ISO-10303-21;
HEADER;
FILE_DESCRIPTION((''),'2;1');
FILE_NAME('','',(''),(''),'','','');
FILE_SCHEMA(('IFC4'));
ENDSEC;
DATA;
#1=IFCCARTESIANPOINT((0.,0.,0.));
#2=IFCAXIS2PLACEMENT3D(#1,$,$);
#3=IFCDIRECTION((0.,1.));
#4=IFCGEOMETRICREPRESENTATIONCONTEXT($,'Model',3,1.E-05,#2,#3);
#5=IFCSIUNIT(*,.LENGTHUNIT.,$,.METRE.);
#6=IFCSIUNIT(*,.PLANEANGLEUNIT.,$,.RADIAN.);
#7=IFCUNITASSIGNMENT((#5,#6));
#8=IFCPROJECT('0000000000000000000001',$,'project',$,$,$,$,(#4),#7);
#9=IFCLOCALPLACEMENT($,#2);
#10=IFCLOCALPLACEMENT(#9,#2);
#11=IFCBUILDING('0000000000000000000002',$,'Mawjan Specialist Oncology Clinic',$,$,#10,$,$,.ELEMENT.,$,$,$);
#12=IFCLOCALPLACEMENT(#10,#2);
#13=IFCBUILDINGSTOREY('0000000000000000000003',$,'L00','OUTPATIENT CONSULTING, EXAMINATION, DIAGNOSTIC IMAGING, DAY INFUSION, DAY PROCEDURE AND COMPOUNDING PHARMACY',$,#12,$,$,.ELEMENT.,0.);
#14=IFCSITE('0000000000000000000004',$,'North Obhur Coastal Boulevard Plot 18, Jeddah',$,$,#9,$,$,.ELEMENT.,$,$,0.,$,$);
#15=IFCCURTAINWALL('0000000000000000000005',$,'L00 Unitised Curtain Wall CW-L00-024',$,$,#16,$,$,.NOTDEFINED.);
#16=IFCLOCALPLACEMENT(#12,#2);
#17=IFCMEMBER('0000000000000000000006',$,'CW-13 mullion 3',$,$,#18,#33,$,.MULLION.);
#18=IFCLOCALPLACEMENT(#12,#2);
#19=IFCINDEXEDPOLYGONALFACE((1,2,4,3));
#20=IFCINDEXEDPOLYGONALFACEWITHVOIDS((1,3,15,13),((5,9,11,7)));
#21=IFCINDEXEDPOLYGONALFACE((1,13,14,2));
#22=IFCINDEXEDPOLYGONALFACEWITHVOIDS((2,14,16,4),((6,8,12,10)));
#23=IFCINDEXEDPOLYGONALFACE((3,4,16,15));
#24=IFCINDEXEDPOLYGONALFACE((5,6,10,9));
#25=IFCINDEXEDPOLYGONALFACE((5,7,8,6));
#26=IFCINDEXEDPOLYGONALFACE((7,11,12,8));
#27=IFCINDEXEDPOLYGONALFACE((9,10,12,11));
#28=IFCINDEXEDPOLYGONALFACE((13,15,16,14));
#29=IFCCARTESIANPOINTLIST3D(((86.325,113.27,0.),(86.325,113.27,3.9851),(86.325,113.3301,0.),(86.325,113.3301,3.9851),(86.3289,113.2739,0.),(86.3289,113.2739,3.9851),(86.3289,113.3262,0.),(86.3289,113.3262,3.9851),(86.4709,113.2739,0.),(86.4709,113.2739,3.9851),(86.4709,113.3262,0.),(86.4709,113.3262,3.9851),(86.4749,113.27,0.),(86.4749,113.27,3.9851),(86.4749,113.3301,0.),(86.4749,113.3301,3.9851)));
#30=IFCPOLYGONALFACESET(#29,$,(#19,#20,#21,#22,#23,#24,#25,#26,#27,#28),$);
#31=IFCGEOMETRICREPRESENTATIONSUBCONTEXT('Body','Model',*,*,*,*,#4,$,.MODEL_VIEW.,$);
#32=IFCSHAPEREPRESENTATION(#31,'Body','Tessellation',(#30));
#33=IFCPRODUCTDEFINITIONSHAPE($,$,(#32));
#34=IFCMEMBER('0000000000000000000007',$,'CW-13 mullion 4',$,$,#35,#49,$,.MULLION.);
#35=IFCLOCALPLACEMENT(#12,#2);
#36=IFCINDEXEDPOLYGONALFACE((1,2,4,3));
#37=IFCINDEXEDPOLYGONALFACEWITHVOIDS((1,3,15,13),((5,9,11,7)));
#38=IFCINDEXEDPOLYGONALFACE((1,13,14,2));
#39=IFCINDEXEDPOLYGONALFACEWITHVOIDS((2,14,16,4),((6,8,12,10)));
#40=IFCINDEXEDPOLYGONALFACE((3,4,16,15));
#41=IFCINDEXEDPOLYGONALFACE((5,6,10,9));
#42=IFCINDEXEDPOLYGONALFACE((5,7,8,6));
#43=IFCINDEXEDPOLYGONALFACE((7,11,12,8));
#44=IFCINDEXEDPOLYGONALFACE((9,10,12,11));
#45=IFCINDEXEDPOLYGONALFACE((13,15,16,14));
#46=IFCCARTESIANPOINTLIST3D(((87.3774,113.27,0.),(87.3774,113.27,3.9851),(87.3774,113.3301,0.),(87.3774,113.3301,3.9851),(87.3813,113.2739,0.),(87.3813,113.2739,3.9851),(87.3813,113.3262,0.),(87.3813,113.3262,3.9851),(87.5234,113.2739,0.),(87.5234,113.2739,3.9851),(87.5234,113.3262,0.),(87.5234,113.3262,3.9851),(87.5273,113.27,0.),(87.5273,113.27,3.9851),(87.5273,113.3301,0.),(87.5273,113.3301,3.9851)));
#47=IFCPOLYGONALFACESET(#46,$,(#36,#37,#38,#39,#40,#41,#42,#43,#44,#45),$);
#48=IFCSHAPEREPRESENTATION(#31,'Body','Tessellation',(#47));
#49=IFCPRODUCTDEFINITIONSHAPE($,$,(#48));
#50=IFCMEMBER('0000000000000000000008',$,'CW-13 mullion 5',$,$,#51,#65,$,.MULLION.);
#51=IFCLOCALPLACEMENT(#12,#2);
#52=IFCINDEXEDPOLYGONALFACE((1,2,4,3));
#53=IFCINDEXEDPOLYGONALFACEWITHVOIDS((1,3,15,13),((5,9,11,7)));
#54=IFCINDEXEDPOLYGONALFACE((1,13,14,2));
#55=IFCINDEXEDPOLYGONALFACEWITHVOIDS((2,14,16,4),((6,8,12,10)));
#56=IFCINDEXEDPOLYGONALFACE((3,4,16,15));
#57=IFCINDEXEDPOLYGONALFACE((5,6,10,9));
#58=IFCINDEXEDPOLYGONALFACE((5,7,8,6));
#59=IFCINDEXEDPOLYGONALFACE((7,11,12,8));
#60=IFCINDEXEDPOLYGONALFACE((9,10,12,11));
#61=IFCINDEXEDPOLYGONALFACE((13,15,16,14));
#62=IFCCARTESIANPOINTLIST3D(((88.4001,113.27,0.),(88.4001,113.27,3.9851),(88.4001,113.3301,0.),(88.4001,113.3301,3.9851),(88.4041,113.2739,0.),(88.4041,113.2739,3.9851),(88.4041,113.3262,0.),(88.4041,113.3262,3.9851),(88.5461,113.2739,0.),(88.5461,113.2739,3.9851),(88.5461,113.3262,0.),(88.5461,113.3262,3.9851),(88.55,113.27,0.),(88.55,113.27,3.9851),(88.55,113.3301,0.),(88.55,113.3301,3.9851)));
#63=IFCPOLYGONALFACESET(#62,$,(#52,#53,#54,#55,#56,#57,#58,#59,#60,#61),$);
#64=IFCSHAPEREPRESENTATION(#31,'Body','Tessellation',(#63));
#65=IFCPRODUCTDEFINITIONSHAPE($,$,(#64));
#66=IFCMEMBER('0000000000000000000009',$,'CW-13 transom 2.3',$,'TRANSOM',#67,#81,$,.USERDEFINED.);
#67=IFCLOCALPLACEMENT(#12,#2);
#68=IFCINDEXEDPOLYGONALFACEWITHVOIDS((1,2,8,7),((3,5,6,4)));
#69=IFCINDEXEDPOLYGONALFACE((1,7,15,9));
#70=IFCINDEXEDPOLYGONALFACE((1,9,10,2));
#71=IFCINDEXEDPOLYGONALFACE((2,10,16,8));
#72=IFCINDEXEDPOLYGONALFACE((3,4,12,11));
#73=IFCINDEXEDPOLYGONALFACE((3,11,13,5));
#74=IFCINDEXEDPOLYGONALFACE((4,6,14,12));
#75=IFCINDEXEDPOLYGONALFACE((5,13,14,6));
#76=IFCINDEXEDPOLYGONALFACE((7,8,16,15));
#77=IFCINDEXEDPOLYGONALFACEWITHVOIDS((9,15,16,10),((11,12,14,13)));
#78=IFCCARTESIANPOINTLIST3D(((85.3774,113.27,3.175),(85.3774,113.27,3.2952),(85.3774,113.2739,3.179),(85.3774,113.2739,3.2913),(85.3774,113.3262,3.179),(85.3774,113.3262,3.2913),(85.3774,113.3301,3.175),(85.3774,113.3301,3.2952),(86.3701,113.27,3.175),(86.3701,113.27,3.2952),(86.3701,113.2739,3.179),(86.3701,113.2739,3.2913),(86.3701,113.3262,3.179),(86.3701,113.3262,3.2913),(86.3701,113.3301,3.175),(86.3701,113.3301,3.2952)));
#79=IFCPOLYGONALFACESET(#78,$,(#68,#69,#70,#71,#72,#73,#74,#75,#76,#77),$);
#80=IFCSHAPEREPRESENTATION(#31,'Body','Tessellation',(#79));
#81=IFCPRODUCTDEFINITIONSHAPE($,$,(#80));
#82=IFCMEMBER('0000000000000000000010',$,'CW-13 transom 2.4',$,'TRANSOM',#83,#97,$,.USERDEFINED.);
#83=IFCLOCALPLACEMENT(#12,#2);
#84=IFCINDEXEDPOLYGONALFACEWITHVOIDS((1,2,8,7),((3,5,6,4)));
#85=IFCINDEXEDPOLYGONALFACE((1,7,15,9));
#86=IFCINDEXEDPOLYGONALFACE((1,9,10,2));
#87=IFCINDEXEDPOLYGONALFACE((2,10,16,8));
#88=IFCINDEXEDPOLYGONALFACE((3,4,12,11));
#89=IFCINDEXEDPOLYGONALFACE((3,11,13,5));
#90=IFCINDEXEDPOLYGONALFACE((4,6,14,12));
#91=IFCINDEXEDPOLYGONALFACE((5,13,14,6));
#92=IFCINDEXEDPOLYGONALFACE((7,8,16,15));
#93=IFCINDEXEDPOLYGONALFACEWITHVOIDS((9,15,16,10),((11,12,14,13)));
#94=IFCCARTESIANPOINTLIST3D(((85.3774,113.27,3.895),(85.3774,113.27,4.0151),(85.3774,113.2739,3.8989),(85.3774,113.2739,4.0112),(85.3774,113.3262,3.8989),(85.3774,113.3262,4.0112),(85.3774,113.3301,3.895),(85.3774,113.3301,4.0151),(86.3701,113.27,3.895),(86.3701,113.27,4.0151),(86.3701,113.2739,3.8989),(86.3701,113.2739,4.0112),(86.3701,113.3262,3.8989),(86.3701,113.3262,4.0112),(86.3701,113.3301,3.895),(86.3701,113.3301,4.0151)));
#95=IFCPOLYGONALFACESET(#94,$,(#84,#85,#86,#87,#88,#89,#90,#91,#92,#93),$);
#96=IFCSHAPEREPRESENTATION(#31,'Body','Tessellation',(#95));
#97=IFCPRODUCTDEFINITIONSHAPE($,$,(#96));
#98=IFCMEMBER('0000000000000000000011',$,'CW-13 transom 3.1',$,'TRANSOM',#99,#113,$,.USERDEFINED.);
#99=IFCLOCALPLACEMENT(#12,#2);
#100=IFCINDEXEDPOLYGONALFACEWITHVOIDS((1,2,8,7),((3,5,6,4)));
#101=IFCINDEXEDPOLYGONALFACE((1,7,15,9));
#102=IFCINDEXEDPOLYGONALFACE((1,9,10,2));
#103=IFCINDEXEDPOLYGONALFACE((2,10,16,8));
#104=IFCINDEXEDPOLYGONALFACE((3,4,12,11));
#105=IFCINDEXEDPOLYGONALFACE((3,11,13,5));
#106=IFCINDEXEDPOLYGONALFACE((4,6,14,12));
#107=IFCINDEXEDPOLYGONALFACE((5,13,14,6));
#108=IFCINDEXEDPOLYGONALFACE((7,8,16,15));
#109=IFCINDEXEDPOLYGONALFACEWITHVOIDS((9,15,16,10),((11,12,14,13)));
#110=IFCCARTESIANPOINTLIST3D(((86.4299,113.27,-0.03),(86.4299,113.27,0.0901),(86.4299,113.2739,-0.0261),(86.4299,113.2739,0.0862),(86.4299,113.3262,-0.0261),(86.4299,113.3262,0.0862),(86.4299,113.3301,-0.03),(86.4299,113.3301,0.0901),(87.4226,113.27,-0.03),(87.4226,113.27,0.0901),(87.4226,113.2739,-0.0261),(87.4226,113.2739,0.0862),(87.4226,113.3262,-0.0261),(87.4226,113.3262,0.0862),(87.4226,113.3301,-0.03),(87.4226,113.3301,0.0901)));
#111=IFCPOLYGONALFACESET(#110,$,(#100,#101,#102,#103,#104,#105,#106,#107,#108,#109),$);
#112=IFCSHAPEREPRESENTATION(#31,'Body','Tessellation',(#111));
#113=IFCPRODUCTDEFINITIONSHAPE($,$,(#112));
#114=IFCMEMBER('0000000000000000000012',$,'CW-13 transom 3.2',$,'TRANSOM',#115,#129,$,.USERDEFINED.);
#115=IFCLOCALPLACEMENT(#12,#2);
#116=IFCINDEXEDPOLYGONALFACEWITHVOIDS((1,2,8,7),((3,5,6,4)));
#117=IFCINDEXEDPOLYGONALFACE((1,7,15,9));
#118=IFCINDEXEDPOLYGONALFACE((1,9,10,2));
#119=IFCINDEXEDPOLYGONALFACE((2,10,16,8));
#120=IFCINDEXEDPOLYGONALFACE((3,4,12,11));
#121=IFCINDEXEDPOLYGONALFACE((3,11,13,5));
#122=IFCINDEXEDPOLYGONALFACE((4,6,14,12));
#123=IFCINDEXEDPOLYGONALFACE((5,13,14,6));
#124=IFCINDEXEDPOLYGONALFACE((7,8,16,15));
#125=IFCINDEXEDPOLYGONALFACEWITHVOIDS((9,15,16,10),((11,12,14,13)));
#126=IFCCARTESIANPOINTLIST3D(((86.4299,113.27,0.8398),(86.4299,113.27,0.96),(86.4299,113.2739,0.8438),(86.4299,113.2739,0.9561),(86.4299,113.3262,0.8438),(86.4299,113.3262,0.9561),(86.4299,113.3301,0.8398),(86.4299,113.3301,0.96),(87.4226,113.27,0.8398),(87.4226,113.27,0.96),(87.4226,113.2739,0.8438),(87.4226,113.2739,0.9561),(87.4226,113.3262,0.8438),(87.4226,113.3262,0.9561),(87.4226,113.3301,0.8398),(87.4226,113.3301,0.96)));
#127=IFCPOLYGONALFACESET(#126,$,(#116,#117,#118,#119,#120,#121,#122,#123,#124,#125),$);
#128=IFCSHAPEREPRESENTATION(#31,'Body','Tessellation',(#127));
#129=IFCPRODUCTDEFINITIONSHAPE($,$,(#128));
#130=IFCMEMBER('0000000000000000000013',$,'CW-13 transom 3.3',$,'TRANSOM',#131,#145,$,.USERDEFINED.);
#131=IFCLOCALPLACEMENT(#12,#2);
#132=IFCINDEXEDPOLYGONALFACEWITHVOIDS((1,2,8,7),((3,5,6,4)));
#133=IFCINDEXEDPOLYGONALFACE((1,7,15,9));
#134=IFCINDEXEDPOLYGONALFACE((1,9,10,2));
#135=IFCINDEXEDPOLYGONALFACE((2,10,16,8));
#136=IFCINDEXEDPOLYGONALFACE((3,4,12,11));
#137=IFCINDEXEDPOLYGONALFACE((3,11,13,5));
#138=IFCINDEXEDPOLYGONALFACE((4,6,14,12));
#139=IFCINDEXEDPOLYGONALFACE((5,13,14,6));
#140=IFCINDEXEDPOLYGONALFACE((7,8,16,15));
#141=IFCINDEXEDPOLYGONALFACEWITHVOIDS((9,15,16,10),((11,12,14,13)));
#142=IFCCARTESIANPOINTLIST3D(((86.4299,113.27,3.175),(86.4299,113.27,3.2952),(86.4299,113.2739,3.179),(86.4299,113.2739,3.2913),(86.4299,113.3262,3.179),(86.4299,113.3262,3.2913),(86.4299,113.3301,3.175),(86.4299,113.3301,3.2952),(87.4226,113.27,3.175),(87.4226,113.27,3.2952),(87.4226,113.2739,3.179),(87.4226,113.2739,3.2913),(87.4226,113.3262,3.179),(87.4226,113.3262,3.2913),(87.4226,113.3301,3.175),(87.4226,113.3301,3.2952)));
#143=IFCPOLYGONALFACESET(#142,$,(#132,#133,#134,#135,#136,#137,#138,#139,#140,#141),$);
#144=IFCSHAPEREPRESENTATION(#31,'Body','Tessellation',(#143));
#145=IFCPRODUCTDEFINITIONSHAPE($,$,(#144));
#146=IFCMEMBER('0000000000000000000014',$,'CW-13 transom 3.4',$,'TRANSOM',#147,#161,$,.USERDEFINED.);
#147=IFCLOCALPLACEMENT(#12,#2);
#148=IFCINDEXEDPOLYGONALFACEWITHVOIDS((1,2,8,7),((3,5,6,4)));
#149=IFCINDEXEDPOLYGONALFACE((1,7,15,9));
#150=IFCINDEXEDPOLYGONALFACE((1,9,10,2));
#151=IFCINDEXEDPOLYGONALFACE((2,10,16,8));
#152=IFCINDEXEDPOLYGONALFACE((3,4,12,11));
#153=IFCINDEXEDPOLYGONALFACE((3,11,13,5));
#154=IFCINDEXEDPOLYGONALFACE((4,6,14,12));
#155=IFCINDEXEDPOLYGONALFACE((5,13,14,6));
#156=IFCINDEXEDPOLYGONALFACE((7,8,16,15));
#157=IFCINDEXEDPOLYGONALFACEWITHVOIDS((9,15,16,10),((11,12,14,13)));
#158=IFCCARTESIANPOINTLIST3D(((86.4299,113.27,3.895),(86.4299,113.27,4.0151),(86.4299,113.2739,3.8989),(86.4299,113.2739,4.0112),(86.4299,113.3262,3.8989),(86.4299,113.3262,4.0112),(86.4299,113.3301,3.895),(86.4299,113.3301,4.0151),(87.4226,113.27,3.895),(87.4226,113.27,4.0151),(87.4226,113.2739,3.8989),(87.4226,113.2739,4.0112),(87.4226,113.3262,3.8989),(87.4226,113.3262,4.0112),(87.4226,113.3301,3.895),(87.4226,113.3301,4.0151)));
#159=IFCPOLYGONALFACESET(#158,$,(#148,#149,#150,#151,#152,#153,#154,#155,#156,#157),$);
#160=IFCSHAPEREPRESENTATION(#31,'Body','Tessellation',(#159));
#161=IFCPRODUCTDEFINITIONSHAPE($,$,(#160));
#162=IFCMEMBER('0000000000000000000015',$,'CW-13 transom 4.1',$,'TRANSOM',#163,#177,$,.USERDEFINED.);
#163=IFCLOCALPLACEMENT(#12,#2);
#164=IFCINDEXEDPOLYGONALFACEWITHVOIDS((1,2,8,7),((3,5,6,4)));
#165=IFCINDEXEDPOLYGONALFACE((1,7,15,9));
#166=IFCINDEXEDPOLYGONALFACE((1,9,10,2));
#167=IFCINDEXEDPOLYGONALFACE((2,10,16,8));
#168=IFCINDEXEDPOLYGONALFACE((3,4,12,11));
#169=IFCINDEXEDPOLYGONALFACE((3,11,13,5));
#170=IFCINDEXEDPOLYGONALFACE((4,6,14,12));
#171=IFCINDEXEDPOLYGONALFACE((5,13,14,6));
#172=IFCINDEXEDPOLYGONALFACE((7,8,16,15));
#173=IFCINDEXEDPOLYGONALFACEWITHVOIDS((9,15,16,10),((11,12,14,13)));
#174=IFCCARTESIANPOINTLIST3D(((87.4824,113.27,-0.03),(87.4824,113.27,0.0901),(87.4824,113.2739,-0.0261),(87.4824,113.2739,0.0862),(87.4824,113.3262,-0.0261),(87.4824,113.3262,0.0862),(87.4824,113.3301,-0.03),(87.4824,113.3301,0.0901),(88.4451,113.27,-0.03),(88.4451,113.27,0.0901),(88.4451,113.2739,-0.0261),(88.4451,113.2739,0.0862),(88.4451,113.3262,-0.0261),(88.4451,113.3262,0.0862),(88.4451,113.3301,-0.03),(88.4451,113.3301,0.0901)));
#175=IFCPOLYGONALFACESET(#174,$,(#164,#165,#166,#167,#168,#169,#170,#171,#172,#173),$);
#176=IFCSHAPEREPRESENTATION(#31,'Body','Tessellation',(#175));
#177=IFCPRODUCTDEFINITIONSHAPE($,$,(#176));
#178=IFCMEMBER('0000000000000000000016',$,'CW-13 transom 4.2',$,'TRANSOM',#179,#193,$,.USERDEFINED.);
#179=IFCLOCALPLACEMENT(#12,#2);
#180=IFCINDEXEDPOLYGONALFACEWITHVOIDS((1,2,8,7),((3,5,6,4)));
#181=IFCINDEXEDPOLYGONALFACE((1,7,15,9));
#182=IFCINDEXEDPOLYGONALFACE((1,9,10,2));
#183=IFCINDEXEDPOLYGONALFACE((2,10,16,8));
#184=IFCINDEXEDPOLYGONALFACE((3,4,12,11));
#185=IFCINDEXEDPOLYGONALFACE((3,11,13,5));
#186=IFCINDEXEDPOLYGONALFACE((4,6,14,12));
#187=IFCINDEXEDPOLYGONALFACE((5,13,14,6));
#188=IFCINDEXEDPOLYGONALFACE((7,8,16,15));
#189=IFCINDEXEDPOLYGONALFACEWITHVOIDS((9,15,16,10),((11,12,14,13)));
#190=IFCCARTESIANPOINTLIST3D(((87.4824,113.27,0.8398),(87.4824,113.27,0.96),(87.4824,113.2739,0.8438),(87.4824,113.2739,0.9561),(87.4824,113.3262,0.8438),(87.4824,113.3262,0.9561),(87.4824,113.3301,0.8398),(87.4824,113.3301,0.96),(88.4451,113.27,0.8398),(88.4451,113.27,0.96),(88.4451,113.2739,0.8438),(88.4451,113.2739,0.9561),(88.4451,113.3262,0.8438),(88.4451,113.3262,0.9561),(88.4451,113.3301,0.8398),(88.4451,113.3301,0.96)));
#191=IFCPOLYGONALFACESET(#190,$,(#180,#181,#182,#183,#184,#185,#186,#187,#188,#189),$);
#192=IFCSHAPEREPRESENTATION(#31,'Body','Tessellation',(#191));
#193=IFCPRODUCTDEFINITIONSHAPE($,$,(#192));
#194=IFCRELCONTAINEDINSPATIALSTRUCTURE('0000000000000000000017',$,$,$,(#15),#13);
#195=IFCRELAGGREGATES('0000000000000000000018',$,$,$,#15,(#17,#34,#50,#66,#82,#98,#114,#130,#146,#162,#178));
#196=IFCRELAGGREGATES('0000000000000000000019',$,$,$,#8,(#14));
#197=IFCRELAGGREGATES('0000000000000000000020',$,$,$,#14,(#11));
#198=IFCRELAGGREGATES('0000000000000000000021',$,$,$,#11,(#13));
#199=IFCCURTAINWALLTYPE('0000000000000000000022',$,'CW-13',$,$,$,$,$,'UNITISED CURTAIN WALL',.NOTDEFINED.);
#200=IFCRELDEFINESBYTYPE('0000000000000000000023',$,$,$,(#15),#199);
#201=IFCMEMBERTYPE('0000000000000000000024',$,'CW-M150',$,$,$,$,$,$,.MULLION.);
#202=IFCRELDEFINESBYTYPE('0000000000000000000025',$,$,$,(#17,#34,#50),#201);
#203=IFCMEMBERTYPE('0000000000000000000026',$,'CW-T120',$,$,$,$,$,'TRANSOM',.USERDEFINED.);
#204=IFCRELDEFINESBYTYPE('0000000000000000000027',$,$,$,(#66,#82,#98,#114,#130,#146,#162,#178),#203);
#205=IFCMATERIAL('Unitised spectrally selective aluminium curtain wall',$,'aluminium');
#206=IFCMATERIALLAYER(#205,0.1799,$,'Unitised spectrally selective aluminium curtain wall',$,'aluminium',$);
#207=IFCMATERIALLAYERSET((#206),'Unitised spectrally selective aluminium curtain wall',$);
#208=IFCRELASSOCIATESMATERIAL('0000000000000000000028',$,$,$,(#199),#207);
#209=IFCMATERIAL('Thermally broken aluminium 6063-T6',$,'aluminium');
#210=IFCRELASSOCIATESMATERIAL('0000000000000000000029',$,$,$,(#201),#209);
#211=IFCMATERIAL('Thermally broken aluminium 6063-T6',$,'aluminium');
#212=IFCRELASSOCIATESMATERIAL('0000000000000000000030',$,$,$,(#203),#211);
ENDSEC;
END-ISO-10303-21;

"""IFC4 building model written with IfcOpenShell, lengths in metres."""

from ifc_helpers import new_model, si_unit, direction, frame, origin, origin_2d, place, context, subcontext, project, spatial, hollow_rectangle, extrude, material, layer, layer_set, material_profile, profile_set, type_object, element, aggregate, save


model = new_model("IFC4")

# Units and contexts
model_context = context("Model", 3, precision=1e-05, world=origin(), true_north=direction((0.0, 1.0)))
body_context = subcontext(model_context, "Body", "Model", "MODEL_VIEW")
ifc_project = project(units=[si_unit("LENGTHUNIT", "METRE"), si_unit("PLANEANGLEUNIT", "RADIAN")], contexts=[model_context])

# Site, building, storey
site_placement = place(None, origin())
site = spatial("IfcSite", under=ifc_project, at=site_placement, Name="North Obhur Coastal Boulevard Plot 18, Jeddah", CompositionType="ELEMENT", RefElevation=0.0)
building_placement = place(site_placement, origin())
building = spatial("IfcBuilding", under=site, at=building_placement, Name="Mawjan Specialist Oncology Clinic", CompositionType="ELEMENT")
storey_placement = place(building_placement, origin())
storey = spatial("IfcBuildingStorey", under=building, at=storey_placement, Name="L00", Description="OUTPATIENT CONSULTING, EXAMINATION, DIAGNOSTIC IMAGING, DAY INFUSION, DAY PROCEDURE AND COMPOUNDING PHARMACY", CompositionType="ELEMENT", Elevation=0.0)

# Curtain wall, members
ifc_material_1 = material(Name="Unitised spectrally selective aluminium curtain wall", Category="aluminium")
ifc_layer_1 = layer(ifc_material_1, 0.1799, Name="Unitised spectrally selective aluminium curtain wall", Category="aluminium")
ifc_layer_set_1 = layer_set([ifc_layer_1], Name="Unitised spectrally selective aluminium curtain wall")
curtain_wall_type = type_object("IfcCurtainWallType", Name="CW-13", ElementType="UNITISED CURTAIN WALL", PredefinedType="NOTDEFINED", material=ifc_layer_set_1)
curtain_wall_placement = place(storey_placement, origin())
curtain_wall = element("IfcCurtainWall", 1, at=curtain_wall_placement, inside=storey, type_object=curtain_wall_type, Name="L00 Unitised Curtain Wall CW-L00-024", PredefinedType="NOTDEFINED")
ifc_material_2 = material(Name="Thermally broken aluminium 6063-T6", Category="aluminium")
ifc_material_profile_1 = material_profile(ifc_material_2, hollow_rectangle(XDim=0.0601, YDim=0.1499, WallThickness=0.0039, at=origin_2d()), Name="ALU MULLION 150x60x4", Category="aluminium")
ifc_profile_set_1 = profile_set([ifc_material_profile_1], Name="Thermally broken aluminium 6063-T6")
member_type_1 = type_object("IfcMemberType", Name="CW-M150", PredefinedType="MULLION", material=ifc_profile_set_1)
member_1_placement = place(storey_placement, frame((86.3999, 113.3, 0.0), z_axis=(0.0, 0.0, 1.0), x_axis=(0.0, 1.0, 0.0)))
member_1 = element("IfcMember", 2, at=member_1_placement, type_object=member_type_1, Name="CW-13 mullion 3", PredefinedType="MULLION", context=body_context, shape_type="SweptSolid", body=[
    extrude(hollow_rectangle(XDim=0.0601, YDim=0.1499, WallThickness=0.0039, at=origin_2d()), origin(), (0.0, 0.0, 1.0), 3.9851),
])
member_2_placement = place(storey_placement, frame((87.4524, 113.3, 0.0), z_axis=(0.0, 0.0, 1.0), x_axis=(0.0, 1.0, 0.0)))
member_2 = element("IfcMember", 3, at=member_2_placement, type_object=member_type_1, Name="CW-13 mullion 4", PredefinedType="MULLION", context=body_context, shape_type="SweptSolid", body=[
    extrude(hollow_rectangle(XDim=0.0601, YDim=0.1499, WallThickness=0.0039, at=origin_2d()), origin(), (0.0, 0.0, 1.0), 3.9851),
])
member_3_placement = place(storey_placement, frame((88.4751, 113.3, 0.0), z_axis=(0.0, 0.0, 1.0), x_axis=(0.0, 1.0, 0.0)))
member_3 = element("IfcMember", 4, at=member_3_placement, type_object=member_type_1, Name="CW-13 mullion 5", PredefinedType="MULLION", context=body_context, shape_type="SweptSolid", body=[
    extrude(hollow_rectangle(XDim=0.0601, YDim=0.1499, WallThickness=0.0039, at=origin_2d()), origin(), (0.0, 0.0, 1.0), 3.9851),
])
ifc_material_3 = material(Name="Thermally broken aluminium 6063-T6", Category="aluminium")
ifc_material_profile_2 = material_profile(ifc_material_3, hollow_rectangle(XDim=0.0601, YDim=0.1201, WallThickness=0.0039, at=origin_2d()), Name="ALU TRANSOM 120x60x4", Category="aluminium")
ifc_profile_set_2 = profile_set([ifc_material_profile_2], Name="Thermally broken aluminium 6063-T6")
member_type_2 = type_object("IfcMemberType", Name="CW-T120", ElementType="TRANSOM", PredefinedType="USERDEFINED", material=ifc_profile_set_2)
member_4_placement = place(storey_placement, frame((85.3774, 113.3, 3.2351), z_axis=(1.0, 0.0, 0.0), x_axis=(0.0, 1.0, 0.0)))
member_4 = element("IfcMember", 5, at=member_4_placement, type_object=member_type_2, Name="CW-13 transom 2.3", ObjectType="TRANSOM", PredefinedType="USERDEFINED", context=body_context, shape_type="SweptSolid", body=[
    extrude(hollow_rectangle(XDim=0.0601, YDim=0.1201, WallThickness=0.0039, at=origin_2d()), origin(), (0.0, 0.0, 1.0), 0.9927),
])
member_5_placement = place(storey_placement, frame((85.3774, 113.3, 3.9551), z_axis=(1.0, 0.0, 0.0), x_axis=(0.0, 1.0, 0.0)))
member_5 = element("IfcMember", 6, at=member_5_placement, type_object=member_type_2, Name="CW-13 transom 2.4", ObjectType="TRANSOM", PredefinedType="USERDEFINED", context=body_context, shape_type="SweptSolid", body=[
    extrude(hollow_rectangle(XDim=0.0601, YDim=0.1201, WallThickness=0.0039, at=origin_2d()), origin(), (0.0, 0.0, 1.0), 0.9927),
])
member_6_placement = place(storey_placement, frame((86.4299, 113.3, 0.03), z_axis=(1.0, 0.0, 0.0), x_axis=(0.0, 1.0, 0.0)))
member_6 = element("IfcMember", 7, at=member_6_placement, type_object=member_type_2, Name="CW-13 transom 3.1", ObjectType="TRANSOM", PredefinedType="USERDEFINED", context=body_context, shape_type="SweptSolid", body=[
    extrude(hollow_rectangle(XDim=0.0601, YDim=0.1201, WallThickness=0.0039, at=origin_2d()), origin(), (0.0, 0.0, 1.0), 0.9927),
])
member_7_placement = place(storey_placement, frame((86.4299, 113.3, 0.8999), z_axis=(1.0, 0.0, 0.0), x_axis=(0.0, 1.0, 0.0)))
member_7 = element("IfcMember", 8, at=member_7_placement, type_object=member_type_2, Name="CW-13 transom 3.2", ObjectType="TRANSOM", PredefinedType="USERDEFINED", context=body_context, shape_type="SweptSolid", body=[
    extrude(hollow_rectangle(XDim=0.0601, YDim=0.1201, WallThickness=0.0039, at=origin_2d()), origin(), (0.0, 0.0, 1.0), 0.9927),
])
member_8_placement = place(storey_placement, frame((86.4299, 113.3, 3.2351), z_axis=(1.0, 0.0, 0.0), x_axis=(0.0, 1.0, 0.0)))
member_8 = element("IfcMember", 9, at=member_8_placement, type_object=member_type_2, Name="CW-13 transom 3.3", ObjectType="TRANSOM", PredefinedType="USERDEFINED", context=body_context, shape_type="SweptSolid", body=[
    extrude(hollow_rectangle(XDim=0.0601, YDim=0.1201, WallThickness=0.0039, at=origin_2d()), origin(), (0.0, 0.0, 1.0), 0.9927),
])
member_9_placement = place(storey_placement, frame((86.4299, 113.3, 3.9551), z_axis=(1.0, 0.0, 0.0), x_axis=(0.0, 1.0, 0.0)))
member_9 = element("IfcMember", 10, at=member_9_placement, type_object=member_type_2, Name="CW-13 transom 3.4", ObjectType="TRANSOM", PredefinedType="USERDEFINED", context=body_context, shape_type="SweptSolid", body=[
    extrude(hollow_rectangle(XDim=0.0601, YDim=0.1201, WallThickness=0.0039, at=origin_2d()), origin(), (0.0, 0.0, 1.0), 0.9927),
])
member_10_placement = place(storey_placement, frame((87.4824, 113.3, 0.03), z_axis=(1.0, 0.0, 0.0), x_axis=(0.0, 1.0, 0.0)))
member_10 = element("IfcMember", 11, at=member_10_placement, type_object=member_type_2, Name="CW-13 transom 4.1", ObjectType="TRANSOM", PredefinedType="USERDEFINED", context=body_context, shape_type="SweptSolid", body=[
    extrude(hollow_rectangle(XDim=0.0601, YDim=0.1201, WallThickness=0.0039, at=origin_2d()), origin(), (0.0, 0.0, 1.0), 0.9626),
])
member_11_placement = place(storey_placement, frame((87.4824, 113.3, 0.8999), z_axis=(1.0, 0.0, 0.0), x_axis=(0.0, 1.0, 0.0)))
member_11 = element("IfcMember", 12, at=member_11_placement, type_object=member_type_2, Name="CW-13 transom 4.2", ObjectType="TRANSOM", PredefinedType="USERDEFINED", context=body_context, shape_type="SweptSolid", body=[
    extrude(hollow_rectangle(XDim=0.0601, YDim=0.1201, WallThickness=0.0039, at=origin_2d()), origin(), (0.0, 0.0, 1.0), 0.9626),
])
aggregate(curtain_wall, [member_1, member_2, member_3, member_4, member_5, member_6, member_7, member_8, member_9, member_10, member_11])

save(model, "model.ifc")
